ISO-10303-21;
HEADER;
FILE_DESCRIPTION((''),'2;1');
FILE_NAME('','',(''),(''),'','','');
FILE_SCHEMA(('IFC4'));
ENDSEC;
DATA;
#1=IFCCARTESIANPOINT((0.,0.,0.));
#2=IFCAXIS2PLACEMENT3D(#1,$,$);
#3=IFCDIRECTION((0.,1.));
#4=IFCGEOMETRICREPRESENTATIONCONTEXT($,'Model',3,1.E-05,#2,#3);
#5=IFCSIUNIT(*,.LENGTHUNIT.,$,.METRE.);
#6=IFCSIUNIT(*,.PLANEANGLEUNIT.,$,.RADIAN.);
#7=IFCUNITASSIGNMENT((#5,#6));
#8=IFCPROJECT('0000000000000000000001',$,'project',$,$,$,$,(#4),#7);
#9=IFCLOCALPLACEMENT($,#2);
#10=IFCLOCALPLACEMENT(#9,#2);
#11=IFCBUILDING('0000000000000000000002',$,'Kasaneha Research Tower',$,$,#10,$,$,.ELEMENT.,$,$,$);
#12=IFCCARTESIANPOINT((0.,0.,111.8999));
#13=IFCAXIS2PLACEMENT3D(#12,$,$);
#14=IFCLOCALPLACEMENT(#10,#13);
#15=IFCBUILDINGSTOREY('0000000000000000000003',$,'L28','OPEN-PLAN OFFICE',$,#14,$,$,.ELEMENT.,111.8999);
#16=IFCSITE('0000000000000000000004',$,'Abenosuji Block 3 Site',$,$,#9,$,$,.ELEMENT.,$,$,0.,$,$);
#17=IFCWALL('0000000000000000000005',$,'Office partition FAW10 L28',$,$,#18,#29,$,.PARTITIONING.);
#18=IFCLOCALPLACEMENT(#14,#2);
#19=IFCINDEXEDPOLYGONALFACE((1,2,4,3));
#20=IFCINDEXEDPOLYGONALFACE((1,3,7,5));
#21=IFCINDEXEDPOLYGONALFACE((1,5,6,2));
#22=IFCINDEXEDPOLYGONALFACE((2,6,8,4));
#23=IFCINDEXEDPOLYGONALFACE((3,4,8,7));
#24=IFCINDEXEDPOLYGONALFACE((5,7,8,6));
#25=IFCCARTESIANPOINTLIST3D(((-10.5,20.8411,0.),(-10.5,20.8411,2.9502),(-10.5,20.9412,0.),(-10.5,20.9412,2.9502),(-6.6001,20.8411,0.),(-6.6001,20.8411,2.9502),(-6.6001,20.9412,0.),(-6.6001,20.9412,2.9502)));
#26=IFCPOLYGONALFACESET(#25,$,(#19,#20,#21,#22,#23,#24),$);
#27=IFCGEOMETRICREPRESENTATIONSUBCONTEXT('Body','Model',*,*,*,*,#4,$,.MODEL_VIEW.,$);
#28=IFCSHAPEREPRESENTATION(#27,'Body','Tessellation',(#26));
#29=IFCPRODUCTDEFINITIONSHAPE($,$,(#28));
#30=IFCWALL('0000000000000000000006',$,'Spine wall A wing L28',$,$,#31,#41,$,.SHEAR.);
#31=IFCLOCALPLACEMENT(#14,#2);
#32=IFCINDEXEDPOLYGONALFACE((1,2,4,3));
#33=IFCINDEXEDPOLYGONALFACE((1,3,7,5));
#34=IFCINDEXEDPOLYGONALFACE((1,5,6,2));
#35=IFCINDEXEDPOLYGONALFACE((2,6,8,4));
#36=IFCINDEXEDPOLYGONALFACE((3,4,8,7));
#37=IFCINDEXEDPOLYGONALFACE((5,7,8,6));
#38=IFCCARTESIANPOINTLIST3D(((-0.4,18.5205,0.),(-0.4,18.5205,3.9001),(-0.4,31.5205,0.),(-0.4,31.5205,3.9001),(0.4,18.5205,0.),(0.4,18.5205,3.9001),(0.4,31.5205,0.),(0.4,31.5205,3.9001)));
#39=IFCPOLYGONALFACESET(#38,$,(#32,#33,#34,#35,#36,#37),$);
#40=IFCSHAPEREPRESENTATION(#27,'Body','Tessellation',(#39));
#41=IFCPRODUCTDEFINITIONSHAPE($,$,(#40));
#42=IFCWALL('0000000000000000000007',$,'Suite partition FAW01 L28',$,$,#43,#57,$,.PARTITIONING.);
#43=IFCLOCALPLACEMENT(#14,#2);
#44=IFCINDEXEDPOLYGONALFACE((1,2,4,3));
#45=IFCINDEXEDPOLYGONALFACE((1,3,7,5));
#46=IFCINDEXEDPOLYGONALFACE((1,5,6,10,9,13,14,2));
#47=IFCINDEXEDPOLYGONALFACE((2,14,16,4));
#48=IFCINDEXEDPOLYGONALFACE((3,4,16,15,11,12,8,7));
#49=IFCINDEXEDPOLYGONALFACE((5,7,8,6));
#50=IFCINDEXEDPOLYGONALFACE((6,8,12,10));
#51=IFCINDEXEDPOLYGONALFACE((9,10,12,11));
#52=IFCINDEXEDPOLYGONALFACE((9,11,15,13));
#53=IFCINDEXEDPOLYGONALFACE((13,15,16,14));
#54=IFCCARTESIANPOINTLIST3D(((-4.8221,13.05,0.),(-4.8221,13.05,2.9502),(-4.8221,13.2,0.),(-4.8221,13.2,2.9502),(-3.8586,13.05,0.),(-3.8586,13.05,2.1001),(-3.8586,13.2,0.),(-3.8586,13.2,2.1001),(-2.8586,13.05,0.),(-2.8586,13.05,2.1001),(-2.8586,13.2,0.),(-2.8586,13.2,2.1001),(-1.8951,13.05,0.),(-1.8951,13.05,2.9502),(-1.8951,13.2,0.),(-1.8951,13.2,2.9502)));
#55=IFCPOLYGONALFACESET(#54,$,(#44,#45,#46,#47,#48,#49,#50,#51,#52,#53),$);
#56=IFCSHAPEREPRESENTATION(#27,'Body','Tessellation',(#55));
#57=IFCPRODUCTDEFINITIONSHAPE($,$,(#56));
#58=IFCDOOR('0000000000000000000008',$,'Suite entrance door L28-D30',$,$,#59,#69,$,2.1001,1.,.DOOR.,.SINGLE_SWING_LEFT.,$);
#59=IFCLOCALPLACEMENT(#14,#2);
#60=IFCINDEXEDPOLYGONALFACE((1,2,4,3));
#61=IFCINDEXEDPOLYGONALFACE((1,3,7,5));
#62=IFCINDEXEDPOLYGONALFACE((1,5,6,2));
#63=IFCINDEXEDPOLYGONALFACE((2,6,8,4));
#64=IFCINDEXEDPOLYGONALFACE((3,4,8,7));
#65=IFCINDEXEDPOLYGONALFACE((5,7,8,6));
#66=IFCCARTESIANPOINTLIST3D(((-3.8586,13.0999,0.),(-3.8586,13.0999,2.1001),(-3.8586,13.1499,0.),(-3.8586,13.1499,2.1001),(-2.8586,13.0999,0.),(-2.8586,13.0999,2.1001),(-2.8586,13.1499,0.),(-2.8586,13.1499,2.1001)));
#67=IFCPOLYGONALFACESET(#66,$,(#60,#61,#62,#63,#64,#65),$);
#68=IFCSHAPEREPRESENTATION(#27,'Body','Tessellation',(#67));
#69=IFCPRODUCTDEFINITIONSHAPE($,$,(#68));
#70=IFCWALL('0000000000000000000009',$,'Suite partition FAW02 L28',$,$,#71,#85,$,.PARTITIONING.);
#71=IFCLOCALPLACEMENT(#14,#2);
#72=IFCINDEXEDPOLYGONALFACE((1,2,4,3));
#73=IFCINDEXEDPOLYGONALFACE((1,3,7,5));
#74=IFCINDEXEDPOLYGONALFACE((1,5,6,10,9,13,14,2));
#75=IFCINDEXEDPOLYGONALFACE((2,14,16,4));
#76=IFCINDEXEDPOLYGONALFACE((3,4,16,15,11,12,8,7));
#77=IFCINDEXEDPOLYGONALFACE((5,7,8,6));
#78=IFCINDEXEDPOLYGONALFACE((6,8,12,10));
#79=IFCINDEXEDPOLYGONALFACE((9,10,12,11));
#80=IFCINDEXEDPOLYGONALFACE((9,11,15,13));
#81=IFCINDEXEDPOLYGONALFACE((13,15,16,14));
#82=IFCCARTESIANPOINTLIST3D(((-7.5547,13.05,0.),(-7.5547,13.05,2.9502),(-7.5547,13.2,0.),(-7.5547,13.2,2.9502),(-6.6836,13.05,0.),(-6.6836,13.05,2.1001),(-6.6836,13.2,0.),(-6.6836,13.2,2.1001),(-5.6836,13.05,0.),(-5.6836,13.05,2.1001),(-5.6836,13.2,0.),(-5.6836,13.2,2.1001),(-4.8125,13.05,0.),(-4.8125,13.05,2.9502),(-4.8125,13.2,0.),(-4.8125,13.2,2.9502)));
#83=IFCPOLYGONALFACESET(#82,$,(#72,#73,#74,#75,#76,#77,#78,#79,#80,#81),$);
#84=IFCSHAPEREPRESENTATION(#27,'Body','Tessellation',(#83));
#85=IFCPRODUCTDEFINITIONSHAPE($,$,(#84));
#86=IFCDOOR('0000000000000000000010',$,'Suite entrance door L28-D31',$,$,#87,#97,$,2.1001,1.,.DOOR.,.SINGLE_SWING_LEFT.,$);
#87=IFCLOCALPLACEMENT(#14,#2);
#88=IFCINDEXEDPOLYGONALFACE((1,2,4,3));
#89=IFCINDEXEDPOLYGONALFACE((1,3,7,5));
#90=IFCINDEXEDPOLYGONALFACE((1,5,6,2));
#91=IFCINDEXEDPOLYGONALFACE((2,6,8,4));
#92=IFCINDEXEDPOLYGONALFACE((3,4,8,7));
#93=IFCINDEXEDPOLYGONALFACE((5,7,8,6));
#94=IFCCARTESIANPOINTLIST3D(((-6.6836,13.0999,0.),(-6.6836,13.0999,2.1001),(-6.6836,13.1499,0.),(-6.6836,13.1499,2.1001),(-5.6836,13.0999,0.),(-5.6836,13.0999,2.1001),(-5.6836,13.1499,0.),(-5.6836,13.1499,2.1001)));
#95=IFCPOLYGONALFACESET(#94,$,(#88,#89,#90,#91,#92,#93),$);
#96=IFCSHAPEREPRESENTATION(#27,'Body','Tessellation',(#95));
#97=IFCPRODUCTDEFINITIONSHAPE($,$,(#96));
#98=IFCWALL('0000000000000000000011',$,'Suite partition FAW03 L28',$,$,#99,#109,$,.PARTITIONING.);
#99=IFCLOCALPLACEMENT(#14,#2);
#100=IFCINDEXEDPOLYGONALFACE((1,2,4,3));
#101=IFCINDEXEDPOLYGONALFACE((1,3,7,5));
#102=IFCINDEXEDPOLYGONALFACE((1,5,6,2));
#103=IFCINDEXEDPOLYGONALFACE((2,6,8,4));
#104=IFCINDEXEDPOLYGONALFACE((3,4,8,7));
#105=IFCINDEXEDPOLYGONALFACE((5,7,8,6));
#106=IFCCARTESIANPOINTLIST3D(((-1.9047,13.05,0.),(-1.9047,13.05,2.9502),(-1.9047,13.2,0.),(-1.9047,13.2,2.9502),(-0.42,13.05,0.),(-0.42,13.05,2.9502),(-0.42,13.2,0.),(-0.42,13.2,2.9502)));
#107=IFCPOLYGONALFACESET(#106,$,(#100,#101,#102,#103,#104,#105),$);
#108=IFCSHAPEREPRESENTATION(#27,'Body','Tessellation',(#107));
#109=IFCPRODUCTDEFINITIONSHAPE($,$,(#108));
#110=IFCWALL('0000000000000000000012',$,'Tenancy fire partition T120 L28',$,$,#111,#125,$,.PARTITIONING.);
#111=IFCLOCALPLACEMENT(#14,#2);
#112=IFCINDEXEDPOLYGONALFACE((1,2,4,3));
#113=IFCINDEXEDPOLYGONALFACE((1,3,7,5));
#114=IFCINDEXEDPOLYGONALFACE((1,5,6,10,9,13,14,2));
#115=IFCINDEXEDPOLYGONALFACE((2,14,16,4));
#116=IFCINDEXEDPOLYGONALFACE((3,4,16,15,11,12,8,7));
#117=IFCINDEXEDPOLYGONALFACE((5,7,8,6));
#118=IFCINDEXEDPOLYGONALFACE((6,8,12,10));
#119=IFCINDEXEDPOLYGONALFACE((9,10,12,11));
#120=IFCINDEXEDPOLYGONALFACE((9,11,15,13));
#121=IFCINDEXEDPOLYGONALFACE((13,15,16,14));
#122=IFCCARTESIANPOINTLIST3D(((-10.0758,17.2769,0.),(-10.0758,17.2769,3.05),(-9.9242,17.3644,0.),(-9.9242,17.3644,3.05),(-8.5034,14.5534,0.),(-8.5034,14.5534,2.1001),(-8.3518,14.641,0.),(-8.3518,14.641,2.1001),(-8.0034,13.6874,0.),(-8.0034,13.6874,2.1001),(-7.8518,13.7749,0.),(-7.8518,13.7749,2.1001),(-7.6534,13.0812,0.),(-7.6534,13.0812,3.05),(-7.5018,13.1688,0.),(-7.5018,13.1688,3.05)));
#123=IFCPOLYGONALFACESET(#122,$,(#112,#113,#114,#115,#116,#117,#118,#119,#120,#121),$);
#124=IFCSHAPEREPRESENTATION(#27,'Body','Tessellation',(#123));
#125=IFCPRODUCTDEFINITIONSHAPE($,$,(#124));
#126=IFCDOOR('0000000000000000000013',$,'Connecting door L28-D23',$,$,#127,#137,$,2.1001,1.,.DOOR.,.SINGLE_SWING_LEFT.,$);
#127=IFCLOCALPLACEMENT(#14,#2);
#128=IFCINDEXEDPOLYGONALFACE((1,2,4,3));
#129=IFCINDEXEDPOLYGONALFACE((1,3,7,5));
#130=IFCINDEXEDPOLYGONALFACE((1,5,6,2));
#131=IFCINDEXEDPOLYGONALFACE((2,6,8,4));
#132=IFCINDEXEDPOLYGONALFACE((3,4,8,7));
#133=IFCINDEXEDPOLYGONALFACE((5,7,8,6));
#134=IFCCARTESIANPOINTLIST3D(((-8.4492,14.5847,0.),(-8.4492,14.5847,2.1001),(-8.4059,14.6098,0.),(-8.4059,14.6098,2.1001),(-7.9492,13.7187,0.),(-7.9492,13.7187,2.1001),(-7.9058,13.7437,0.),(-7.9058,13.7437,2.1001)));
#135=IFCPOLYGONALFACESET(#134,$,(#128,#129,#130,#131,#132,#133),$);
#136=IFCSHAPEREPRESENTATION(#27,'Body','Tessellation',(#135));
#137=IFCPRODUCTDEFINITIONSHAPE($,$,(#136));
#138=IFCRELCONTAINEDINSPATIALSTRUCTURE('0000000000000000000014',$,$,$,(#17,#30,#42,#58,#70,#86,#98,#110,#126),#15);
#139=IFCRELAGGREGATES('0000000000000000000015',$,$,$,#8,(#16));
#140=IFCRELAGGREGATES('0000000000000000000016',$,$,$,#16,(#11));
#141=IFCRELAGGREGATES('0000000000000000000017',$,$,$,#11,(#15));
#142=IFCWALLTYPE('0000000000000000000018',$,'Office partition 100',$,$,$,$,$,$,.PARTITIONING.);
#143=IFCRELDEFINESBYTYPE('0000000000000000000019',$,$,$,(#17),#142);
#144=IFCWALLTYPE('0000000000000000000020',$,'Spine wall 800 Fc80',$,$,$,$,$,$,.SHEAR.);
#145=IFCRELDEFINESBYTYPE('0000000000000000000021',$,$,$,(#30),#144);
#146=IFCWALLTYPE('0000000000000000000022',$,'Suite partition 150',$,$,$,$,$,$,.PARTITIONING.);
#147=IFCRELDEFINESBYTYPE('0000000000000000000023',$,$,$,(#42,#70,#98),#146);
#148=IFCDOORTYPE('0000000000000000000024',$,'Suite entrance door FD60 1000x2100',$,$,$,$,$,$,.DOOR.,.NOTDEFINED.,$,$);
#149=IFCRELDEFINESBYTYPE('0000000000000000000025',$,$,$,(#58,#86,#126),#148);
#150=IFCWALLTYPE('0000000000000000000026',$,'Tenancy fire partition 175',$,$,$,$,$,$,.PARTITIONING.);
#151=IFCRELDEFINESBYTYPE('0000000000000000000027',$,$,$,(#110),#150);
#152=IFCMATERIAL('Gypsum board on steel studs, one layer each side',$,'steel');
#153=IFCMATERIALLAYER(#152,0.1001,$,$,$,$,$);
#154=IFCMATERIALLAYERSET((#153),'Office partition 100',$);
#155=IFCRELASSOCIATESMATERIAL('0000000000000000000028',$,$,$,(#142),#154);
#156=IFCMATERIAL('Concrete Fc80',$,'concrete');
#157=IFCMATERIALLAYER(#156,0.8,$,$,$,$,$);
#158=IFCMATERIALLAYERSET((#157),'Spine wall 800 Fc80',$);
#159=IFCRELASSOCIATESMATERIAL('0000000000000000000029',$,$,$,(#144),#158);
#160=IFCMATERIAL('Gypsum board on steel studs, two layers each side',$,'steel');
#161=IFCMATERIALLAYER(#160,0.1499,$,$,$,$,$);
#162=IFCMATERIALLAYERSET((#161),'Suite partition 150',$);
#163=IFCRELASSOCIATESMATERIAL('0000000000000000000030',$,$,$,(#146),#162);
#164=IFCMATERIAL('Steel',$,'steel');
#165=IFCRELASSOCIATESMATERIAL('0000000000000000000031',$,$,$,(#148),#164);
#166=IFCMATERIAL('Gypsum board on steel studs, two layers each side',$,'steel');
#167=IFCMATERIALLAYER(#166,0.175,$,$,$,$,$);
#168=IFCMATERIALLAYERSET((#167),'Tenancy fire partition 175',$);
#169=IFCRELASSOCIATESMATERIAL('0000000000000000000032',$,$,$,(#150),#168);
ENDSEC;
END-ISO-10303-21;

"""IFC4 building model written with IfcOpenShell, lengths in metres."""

from ifc_helpers import new_model, si_unit, direction, frame, frame_2d, origin, place, context, subcontext, project, spatial, rectangle, extrude, material, layer, layer_set, type_object, element, fill, save


model = new_model("IFC4")

# Units and contexts
model_context = context("Model", 3, precision=1e-05, world=origin(), true_north=direction((0.0, 1.0)))
body_context = subcontext(model_context, "Body", "Model", "MODEL_VIEW")
ifc_project = project(units=[si_unit("LENGTHUNIT", "METRE"), si_unit("PLANEANGLEUNIT", "RADIAN")], contexts=[model_context])

# Site, building, storey
site_placement = place(None, origin())
site = spatial("IfcSite", under=ifc_project, at=site_placement, Name="Abenosuji Block 3 Site", CompositionType="ELEMENT", RefElevation=0.0)
building_placement = place(site_placement, origin())
building = spatial("IfcBuilding", under=site, at=building_placement, Name="Kasaneha Research Tower", CompositionType="ELEMENT")
storey_placement = place(building_placement, frame((0.0, 0.0, 111.8999)))
storey = spatial("IfcBuildingStorey", under=building, at=storey_placement, Name="L28", Description="OPEN-PLAN OFFICE", CompositionType="ELEMENT", Elevation=111.8999)

# Walls
ifc_material_1 = material(Name="Gypsum board on steel studs, one layer each side", Category="steel")
ifc_layer_1 = layer(ifc_material_1, 0.1001)
ifc_layer_set_1 = layer_set([ifc_layer_1], Name="Office partition 100")
wall_type_1 = type_object("IfcWallType", Name="Office partition 100", PredefinedType="PARTITIONING", material=ifc_layer_set_1)
wall_1_placement = place(storey_placement, frame((-6.6001, 20.8911, 0.0), z_axis=(0.0, 0.0, 1.0), x_axis=(-1.0, 0.0, 0.0)))
element("IfcWall", 1, at=wall_1_placement, inside=storey, type_object=wall_type_1, Name="Office partition FAW10 L28", PredefinedType="PARTITIONING", context=body_context, shape_type="SweptSolid", body=[
    extrude(rectangle(XDim=3.8999, YDim=0.1001, at=frame_2d((1.95, 0.0))), origin(), (0.0, 0.0, 1.0), 2.9502),
])
ifc_material_2 = material(Name="Concrete Fc80", Category="concrete")
ifc_layer_2 = layer(ifc_material_2, 0.8)
ifc_layer_set_2 = layer_set([ifc_layer_2], Name="Spine wall 800 Fc80")
wall_type_2 = type_object("IfcWallType", Name="Spine wall 800 Fc80", PredefinedType="SHEAR", material=ifc_layer_set_2)
wall_2_placement = place(storey_placement, frame((0.0, 18.5205, 0.0), z_axis=(0.0, 0.0, 1.0), x_axis=(0.0, 1.0, 0.0)))
element("IfcWall", 2, at=wall_2_placement, inside=storey, type_object=wall_type_2, Name="Spine wall A wing L28", PredefinedType="SHEAR", context=body_context, shape_type="SweptSolid", body=[
    extrude(rectangle(XDim=13.0, YDim=0.8, at=frame_2d((6.5, 0.0))), origin(), (0.0, 0.0, 1.0), 3.9001),
])

# Walls, openings, doors
ifc_material_3 = material(Name="Gypsum board on steel studs, two layers each side", Category="steel")
ifc_layer_3 = layer(ifc_material_3, 0.1499)
ifc_layer_set_3 = layer_set([ifc_layer_3], Name="Suite partition 150")
wall_type_3 = type_object("IfcWallType", Name="Suite partition 150", PredefinedType="PARTITIONING", material=ifc_layer_set_3)
wall_3_placement = place(storey_placement, frame((-4.822, 13.125, 0.0), z_axis=(0.0, 0.0, 1.0), x_axis=(1.0, 0.0, 0.0)))
wall_3 = element("IfcWall", 3, at=wall_3_placement, inside=storey, type_object=wall_type_3, Name="Suite partition FAW01 L28", PredefinedType="PARTITIONING", context=body_context, shape_type="SweptSolid", body=[
    extrude(rectangle(XDim=2.927, YDim=0.1499, at=frame_2d((1.4634, 0.0))), origin(), (0.0, 0.0, 1.0), 2.9502),
])
opening_1_placement = place(wall_3_placement, frame((0.9634, 0.0, 0.0)))
opening_1 = element("IfcOpeningElement", 4, at=opening_1_placement, cuts=wall_3, PredefinedType="OPENING", context=body_context, shape_type="SweptSolid", body=[
    extrude(rectangle(XDim=1.0, YDim=2.1001, at=frame_2d((0.5, 1.05))), frame((0.0, 0.085, 0.0), z_axis=(0.0, -1.0, 0.0), x_axis=(1.0, 0.0, 0.0)), (0.0, 0.0, 1.0), 0.1699),
])
ifc_material_4 = material(Name="Steel", Category="steel")
door_type = type_object("IfcDoorType", Name="Suite entrance door FD60 1000x2100", OperationType="NOTDEFINED", PredefinedType="DOOR", material=ifc_material_4)
door_1_placement = place(opening_1_placement, origin())
door_1 = element("IfcDoor", 5, at=door_1_placement, inside=storey, type_object=door_type, Name="Suite entrance door L28-D30", OperationType="SINGLE_SWING_LEFT", OverallHeight=2.1001, OverallWidth=1.0, PredefinedType="DOOR", context=body_context, shape_type="SweptSolid", body=[
    extrude(rectangle(XDim=1.0, YDim=2.1001, at=frame_2d((0.5, 1.05))), frame((0.0, 0.0249, 0.0), z_axis=(0.0, -1.0, 0.0), x_axis=(1.0, 0.0, 0.0)), (0.0, 0.0, 1.0), 0.05),
])
fill(opening_1, door_1)
wall_4_placement = place(storey_placement, frame((-7.5547, 13.125, 0.0), z_axis=(0.0, 0.0, 1.0), x_axis=(1.0, 0.0, 0.0)))
wall_4 = element("IfcWall", 6, at=wall_4_placement, inside=storey, type_object=wall_type_3, Name="Suite partition FAW02 L28", PredefinedType="PARTITIONING", context=body_context, shape_type="SweptSolid", body=[
    extrude(rectangle(XDim=2.7422, YDim=0.1499, at=frame_2d((1.3711, 0.0))), origin(), (0.0, 0.0, 1.0), 2.9502),
])
opening_2_placement = place(wall_4_placement, frame((0.8711, 0.0, 0.0)))
opening_2 = element("IfcOpeningElement", 7, at=opening_2_placement, cuts=wall_4, PredefinedType="OPENING", context=body_context, shape_type="SweptSolid", body=[
    extrude(rectangle(XDim=1.0, YDim=2.1001, at=frame_2d((0.5, 1.05))), frame((0.0, 0.085, 0.0), z_axis=(0.0, -1.0, 0.0), x_axis=(1.0, 0.0, 0.0)), (0.0, 0.0, 1.0), 0.1699),
])
door_2_placement = place(opening_2_placement, origin())
door_2 = element("IfcDoor", 8, at=door_2_placement, inside=storey, type_object=door_type, Name="Suite entrance door L28-D31", OperationType="SINGLE_SWING_LEFT", OverallHeight=2.1001, OverallWidth=1.0, PredefinedType="DOOR", context=body_context, shape_type="SweptSolid", body=[
    extrude(rectangle(XDim=1.0, YDim=2.1001, at=frame_2d((0.5, 1.05))), frame((0.0, 0.0249, 0.0), z_axis=(0.0, -1.0, 0.0), x_axis=(1.0, 0.0, 0.0)), (0.0, 0.0, 1.0), 0.05),
])
fill(opening_2, door_2)

# Wall
wall_5_placement = place(storey_placement, frame((-1.9045, 13.125, 0.0), z_axis=(0.0, 0.0, 1.0), x_axis=(1.0, 0.0, 0.0)))
element("IfcWall", 9, at=wall_5_placement, inside=storey, type_object=wall_type_3, Name="Suite partition FAW03 L28", PredefinedType="PARTITIONING", context=body_context, shape_type="SweptSolid", body=[
    extrude(rectangle(XDim=1.4846, YDim=0.1499, at=frame_2d((0.7422, 0.0))), origin(), (0.0, 0.0, 1.0), 2.9502),
])

# Wall, opening, door
ifc_material_5 = material(Name="Gypsum board on steel studs, two layers each side", Category="steel")
ifc_layer_4 = layer(ifc_material_5, 0.175)
ifc_layer_set_4 = layer_set([ifc_layer_4], Name="Tenancy fire partition 175")
wall_type_4 = type_object("IfcWallType", Name="Tenancy fire partition 175", PredefinedType="PARTITIONING", material=ifc_layer_set_4)
wall_6_placement = place(storey_placement, frame((-7.5776, 13.125, 0.0), z_axis=(0.0, 0.0, 1.0), x_axis=(-0.500009, 0.86602, 0.0)))
wall_6 = element("IfcWall", 10, at=wall_6_placement, inside=storey, type_object=wall_type_4, Name="Tenancy fire partition T120 L28", PredefinedType="PARTITIONING", context=body_context, shape_type="SweptSolid", body=[
    extrude(rectangle(XDim=4.8447, YDim=0.175, at=frame_2d((2.4224, 0.0))), origin(), (0.0, 0.0, 1.0), 3.05),
])
opening_3_placement = place(wall_6_placement, frame((0.7, 0.0, 0.0)))
opening_3 = element("IfcOpeningElement", 11, at=opening_3_placement, cuts=wall_6, PredefinedType="OPENING", context=body_context, shape_type="SweptSolid", body=[
    extrude(rectangle(XDim=1.0, YDim=2.1001, at=frame_2d((0.5, 1.05))), frame((0.0, 0.0977, 0.0), z_axis=(0.0, -1.0, 0.0), x_axis=(1.0, 0.0, 0.0)), (0.0, 0.0, 1.0), 0.1951),
])
door_3_placement = place(opening_3_placement, origin())
door_3 = element("IfcDoor", 12, at=door_3_placement, inside=storey, type_object=door_type, Name="Connecting door L28-D23", OperationType="SINGLE_SWING_LEFT", OverallHeight=2.1001, OverallWidth=1.0, PredefinedType="DOOR", context=body_context, shape_type="SweptSolid", body=[
    extrude(rectangle(XDim=1.0, YDim=2.1001, at=frame_2d((0.5, 1.05))), frame((0.0, 0.0249, 0.0), z_axis=(0.0, -1.0, 0.0), x_axis=(1.0, 0.0, 0.0)), (0.0, 0.0, 1.0), 0.05),
])
fill(opening_3, door_3)

save(model, "model.ifc")
